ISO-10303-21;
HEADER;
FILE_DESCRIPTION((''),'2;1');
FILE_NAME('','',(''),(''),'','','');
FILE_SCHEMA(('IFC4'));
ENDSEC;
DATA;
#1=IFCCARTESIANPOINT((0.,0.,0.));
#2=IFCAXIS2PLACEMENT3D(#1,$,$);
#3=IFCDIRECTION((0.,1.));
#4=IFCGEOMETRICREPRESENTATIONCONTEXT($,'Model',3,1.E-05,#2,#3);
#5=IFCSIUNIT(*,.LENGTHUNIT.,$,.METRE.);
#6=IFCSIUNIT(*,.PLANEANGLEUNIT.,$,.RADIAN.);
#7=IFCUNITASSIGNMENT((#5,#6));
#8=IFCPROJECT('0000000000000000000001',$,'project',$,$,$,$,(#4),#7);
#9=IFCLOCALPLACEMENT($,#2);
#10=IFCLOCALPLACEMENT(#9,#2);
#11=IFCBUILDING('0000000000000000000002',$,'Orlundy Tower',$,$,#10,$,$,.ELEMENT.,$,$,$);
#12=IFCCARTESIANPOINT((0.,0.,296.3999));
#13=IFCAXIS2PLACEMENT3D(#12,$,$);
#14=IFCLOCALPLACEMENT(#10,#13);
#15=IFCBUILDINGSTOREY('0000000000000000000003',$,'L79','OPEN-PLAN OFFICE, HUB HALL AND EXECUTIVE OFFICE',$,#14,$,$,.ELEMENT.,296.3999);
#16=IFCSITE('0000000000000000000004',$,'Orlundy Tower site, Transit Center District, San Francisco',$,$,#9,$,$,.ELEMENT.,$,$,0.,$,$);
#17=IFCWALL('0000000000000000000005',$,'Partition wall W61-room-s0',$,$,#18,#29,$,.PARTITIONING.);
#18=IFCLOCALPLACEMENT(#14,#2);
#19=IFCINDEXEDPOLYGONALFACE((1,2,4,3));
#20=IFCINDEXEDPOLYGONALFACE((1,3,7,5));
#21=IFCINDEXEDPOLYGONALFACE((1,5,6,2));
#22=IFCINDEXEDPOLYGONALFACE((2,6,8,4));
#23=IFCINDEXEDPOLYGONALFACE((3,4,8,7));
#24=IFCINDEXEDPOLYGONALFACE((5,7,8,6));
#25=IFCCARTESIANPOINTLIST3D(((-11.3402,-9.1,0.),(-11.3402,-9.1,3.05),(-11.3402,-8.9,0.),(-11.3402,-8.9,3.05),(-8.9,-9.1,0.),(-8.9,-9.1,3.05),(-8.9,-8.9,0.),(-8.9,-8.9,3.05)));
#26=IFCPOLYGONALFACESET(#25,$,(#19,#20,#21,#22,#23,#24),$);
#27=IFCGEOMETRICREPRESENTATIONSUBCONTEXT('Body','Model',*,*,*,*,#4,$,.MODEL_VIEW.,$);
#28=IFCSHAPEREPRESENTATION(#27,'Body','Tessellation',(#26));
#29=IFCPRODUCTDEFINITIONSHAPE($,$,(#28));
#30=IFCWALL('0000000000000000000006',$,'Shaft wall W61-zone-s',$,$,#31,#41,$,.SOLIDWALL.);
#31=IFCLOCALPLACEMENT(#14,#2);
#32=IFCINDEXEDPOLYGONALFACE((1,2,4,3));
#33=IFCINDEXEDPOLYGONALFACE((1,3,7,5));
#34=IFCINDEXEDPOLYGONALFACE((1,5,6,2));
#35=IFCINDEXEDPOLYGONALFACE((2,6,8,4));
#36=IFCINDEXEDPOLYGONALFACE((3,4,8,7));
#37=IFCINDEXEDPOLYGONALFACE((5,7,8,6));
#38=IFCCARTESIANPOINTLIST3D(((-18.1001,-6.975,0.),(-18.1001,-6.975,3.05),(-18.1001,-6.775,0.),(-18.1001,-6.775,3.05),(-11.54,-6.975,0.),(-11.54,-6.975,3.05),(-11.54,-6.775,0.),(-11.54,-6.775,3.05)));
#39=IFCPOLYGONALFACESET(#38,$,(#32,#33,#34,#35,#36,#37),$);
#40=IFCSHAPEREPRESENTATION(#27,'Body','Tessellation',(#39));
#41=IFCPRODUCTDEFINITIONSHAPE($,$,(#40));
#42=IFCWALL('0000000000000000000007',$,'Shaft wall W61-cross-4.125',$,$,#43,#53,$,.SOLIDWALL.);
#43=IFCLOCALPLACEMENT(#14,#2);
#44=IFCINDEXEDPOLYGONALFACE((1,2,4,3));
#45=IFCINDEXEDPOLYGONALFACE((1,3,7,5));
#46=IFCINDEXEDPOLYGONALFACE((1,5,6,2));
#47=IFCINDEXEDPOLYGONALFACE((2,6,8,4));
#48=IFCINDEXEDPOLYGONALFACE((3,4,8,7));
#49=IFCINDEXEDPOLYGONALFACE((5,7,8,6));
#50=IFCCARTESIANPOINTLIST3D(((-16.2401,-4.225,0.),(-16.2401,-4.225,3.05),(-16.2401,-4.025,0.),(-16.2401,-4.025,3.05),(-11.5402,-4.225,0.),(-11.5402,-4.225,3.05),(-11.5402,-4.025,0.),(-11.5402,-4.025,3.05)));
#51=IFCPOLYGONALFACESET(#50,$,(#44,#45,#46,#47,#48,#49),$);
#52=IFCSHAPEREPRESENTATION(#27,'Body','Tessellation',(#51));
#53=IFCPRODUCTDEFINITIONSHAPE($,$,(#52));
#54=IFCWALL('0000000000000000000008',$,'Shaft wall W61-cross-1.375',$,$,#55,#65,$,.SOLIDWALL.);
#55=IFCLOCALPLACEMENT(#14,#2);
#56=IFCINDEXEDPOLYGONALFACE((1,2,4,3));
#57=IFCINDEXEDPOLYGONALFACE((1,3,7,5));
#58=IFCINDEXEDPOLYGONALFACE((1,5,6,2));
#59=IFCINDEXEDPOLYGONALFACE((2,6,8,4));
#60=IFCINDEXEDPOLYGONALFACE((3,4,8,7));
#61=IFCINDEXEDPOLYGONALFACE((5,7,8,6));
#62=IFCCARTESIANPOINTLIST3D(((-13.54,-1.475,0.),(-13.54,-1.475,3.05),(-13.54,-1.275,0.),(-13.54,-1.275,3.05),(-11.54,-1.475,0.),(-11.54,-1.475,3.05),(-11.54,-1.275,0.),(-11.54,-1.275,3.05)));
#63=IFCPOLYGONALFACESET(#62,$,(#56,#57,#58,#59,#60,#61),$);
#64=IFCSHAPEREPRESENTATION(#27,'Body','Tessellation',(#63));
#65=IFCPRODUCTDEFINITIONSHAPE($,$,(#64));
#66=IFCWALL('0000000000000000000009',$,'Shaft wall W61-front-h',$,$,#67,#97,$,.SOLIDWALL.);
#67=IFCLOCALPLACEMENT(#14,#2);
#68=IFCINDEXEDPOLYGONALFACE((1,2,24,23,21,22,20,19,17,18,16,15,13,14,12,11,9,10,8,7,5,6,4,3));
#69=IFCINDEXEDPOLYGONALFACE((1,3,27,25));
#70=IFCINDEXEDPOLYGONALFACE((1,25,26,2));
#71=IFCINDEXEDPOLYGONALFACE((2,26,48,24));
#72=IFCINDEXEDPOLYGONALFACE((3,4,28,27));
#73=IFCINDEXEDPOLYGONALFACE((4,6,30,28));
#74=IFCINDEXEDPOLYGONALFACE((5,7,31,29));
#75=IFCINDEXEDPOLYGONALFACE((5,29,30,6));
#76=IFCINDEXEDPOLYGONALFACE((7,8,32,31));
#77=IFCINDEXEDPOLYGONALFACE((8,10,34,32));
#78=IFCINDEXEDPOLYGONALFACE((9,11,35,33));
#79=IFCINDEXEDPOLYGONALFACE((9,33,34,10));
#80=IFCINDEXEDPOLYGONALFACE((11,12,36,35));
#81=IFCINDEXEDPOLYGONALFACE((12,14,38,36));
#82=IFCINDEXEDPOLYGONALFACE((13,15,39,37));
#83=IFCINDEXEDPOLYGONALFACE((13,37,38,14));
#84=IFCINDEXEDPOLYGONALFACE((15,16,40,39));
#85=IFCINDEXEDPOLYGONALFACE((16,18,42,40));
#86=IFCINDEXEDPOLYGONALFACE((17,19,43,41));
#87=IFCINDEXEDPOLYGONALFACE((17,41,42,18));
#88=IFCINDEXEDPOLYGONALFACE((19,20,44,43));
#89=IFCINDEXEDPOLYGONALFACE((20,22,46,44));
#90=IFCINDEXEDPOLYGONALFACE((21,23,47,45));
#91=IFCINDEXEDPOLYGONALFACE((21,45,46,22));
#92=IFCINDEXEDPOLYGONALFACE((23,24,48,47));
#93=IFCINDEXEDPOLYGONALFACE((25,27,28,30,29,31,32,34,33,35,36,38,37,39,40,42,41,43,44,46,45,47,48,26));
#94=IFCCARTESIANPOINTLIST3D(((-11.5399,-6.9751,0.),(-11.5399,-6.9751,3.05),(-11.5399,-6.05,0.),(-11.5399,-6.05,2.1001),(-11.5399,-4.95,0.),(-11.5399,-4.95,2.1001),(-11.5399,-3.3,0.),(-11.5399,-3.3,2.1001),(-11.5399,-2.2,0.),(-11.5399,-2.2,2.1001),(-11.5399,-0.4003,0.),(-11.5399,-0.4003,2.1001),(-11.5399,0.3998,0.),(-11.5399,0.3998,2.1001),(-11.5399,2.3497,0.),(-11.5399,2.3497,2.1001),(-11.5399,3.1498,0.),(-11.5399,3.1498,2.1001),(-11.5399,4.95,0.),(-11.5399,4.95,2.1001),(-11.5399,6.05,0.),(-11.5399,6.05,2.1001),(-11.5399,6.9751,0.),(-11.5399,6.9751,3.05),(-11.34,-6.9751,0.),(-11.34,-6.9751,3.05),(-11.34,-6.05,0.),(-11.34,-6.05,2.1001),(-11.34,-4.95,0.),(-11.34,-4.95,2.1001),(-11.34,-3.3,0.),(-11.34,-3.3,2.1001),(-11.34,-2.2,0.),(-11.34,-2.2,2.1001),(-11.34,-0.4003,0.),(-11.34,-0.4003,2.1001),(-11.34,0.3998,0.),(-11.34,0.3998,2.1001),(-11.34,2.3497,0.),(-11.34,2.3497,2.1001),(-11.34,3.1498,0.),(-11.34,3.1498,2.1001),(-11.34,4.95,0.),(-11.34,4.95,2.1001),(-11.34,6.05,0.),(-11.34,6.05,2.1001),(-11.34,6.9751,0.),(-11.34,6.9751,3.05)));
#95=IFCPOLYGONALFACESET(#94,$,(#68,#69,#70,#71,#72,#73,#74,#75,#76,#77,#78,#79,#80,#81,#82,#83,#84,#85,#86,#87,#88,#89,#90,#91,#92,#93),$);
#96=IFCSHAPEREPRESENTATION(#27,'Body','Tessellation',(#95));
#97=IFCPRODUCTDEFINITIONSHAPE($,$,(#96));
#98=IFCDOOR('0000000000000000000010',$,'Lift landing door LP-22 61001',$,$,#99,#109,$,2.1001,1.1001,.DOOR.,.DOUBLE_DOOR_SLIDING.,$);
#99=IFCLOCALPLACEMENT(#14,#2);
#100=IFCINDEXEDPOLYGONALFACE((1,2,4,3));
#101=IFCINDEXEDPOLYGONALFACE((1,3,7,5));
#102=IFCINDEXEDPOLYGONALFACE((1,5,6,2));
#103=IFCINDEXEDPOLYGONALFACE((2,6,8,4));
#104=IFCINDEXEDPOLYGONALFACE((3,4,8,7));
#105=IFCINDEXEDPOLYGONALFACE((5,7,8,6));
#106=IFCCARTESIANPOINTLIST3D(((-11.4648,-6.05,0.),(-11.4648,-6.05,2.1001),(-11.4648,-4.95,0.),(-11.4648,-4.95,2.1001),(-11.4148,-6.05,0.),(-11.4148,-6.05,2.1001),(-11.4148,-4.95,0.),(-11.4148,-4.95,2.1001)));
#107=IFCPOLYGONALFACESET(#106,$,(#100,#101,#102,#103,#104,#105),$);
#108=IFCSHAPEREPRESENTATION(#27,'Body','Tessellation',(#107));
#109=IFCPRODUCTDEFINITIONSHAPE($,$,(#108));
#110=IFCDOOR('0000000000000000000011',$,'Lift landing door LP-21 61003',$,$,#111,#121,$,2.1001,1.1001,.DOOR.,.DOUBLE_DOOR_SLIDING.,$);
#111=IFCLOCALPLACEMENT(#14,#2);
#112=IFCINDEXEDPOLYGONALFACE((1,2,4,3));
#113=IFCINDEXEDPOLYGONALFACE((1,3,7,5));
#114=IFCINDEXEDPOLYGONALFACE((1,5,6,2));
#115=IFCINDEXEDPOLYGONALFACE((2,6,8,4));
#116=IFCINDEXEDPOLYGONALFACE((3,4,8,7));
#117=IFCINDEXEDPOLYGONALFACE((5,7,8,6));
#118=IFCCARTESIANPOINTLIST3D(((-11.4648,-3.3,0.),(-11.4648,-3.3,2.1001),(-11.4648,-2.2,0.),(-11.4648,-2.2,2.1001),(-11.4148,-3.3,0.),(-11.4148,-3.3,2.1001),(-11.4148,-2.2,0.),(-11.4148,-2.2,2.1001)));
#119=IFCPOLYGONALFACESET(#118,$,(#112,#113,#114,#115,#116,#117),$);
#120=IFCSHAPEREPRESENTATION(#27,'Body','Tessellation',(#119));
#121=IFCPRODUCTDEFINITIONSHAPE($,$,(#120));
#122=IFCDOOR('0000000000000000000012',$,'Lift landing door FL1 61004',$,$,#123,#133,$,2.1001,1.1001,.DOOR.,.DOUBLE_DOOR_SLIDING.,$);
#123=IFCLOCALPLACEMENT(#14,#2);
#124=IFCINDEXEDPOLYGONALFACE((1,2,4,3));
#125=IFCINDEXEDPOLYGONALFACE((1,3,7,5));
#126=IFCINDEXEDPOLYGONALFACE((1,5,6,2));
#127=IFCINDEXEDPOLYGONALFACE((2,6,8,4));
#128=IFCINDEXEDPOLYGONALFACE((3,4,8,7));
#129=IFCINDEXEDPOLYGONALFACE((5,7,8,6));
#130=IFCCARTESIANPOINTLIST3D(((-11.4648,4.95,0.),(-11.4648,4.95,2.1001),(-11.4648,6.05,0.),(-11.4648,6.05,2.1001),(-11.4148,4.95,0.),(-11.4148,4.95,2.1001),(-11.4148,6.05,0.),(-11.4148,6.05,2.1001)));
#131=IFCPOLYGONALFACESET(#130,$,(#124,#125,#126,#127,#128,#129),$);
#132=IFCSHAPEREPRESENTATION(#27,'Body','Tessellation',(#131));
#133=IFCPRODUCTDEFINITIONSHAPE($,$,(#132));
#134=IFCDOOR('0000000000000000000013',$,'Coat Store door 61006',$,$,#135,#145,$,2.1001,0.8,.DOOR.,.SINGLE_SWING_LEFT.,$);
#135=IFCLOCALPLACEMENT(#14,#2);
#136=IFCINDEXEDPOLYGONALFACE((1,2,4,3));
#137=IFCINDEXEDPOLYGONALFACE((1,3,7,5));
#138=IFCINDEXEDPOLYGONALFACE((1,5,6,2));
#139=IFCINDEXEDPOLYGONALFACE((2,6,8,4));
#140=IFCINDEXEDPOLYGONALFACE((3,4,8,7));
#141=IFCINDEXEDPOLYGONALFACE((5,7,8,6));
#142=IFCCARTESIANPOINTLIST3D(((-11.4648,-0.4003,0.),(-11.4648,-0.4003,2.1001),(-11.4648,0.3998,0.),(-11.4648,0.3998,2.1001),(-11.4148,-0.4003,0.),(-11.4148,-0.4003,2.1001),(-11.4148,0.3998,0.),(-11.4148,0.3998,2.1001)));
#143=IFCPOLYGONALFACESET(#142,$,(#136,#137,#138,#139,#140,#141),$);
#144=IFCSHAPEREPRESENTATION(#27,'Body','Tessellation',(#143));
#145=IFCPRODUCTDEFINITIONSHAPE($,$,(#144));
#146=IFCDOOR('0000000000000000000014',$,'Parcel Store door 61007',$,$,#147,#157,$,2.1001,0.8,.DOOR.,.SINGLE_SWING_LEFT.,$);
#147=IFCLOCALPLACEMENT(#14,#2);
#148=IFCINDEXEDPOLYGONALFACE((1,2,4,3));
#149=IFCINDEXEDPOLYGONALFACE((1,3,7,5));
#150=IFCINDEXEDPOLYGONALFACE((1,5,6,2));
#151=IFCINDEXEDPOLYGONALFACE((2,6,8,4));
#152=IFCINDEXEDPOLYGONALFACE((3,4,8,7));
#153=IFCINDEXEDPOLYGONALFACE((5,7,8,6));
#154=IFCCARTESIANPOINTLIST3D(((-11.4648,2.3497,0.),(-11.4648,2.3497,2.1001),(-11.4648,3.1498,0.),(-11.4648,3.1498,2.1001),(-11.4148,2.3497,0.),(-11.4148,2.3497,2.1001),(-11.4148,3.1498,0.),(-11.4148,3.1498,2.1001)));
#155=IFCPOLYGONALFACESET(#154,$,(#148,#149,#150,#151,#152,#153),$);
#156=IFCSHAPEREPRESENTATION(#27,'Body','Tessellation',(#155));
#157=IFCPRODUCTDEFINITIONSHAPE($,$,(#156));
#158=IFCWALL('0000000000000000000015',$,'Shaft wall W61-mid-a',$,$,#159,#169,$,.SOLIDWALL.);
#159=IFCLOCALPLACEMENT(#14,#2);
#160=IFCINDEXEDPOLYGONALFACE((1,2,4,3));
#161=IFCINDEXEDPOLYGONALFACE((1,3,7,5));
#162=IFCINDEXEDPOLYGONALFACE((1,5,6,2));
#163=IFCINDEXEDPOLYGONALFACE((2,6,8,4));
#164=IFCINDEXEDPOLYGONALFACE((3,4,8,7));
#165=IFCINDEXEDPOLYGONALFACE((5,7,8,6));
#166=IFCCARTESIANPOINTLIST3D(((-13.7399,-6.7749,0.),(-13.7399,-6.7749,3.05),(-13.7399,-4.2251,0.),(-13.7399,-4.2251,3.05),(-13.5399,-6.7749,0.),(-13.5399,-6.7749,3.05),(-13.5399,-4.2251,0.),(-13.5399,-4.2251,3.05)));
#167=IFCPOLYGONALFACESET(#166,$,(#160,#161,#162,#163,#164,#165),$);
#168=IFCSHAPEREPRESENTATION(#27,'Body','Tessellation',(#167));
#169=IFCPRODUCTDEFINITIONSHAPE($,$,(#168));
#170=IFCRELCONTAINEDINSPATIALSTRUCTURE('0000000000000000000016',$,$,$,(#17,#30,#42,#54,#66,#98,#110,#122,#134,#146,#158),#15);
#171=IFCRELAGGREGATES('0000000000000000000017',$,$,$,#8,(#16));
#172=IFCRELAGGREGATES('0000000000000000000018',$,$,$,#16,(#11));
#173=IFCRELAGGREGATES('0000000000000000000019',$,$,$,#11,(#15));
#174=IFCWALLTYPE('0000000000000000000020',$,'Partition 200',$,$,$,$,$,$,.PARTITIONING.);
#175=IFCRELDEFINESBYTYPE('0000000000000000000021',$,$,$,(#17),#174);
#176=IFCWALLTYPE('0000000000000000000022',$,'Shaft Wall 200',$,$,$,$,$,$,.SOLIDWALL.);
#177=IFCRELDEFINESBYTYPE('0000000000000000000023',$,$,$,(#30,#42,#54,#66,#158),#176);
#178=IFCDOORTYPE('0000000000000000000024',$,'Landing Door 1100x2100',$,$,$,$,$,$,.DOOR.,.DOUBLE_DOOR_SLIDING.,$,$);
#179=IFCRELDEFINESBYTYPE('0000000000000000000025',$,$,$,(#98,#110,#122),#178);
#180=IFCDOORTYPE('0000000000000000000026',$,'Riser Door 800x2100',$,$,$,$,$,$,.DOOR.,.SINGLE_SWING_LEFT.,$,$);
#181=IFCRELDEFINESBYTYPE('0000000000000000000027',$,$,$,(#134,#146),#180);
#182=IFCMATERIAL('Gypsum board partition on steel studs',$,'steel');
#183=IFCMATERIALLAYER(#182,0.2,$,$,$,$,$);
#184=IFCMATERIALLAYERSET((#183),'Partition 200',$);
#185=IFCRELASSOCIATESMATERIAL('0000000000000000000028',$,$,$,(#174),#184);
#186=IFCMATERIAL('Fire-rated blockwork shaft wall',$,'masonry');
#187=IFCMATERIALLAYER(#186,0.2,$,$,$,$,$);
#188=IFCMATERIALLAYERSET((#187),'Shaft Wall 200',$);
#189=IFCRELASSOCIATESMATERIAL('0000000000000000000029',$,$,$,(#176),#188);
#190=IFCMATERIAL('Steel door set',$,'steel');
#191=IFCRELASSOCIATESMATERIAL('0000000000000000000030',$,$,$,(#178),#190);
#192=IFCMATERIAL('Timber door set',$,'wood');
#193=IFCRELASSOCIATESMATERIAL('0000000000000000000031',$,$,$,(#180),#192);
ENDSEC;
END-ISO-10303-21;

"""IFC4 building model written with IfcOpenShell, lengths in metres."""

from ifc_helpers import new_model, si_unit, direction, frame, frame_2d, origin, place, context, subcontext, project, spatial, rectangle, extrude, material, layer, layer_set, type_object, element, fill, save


model = new_model("IFC4")

# Units and contexts
model_context = context("Model", 3, precision=1e-05, world=origin(), true_north=direction((0.0, 1.0)))
body_context = subcontext(model_context, "Body", "Model", "MODEL_VIEW")
ifc_project = project(units=[si_unit("LENGTHUNIT", "METRE"), si_unit("PLANEANGLEUNIT", "RADIAN")], contexts=[model_context])

# Site, building, storey
site_placement = place(None, origin())
site = spatial("IfcSite", under=ifc_project, at=site_placement, Name="Orlundy Tower site, Transit Center District, San Francisco", CompositionType="ELEMENT", RefElevation=0.0)
building_placement = place(site_placement, origin())
building = spatial("IfcBuilding", under=site, at=building_placement, Name="Orlundy Tower", CompositionType="ELEMENT")
storey_placement = place(building_placement, frame((0.0, 0.0, 296.3999)))
storey = spatial("IfcBuildingStorey", under=building, at=storey_placement, Name="L79", Description="OPEN-PLAN OFFICE, HUB HALL AND EXECUTIVE OFFICE", CompositionType="ELEMENT", Elevation=296.3999)

# Shared definitions
ifc_material_1 = material(Name="Gypsum board partition on steel studs", Category="steel")
ifc_layer_1 = layer(ifc_material_1, 0.2)
ifc_layer_set_1 = layer_set([ifc_layer_1], Name="Partition 200")
wall_type_1 = type_object("IfcWallType", Name="Partition 200", PredefinedType="PARTITIONING", material=ifc_layer_set_1)

# Walls
wall_1_placement = place(storey_placement, frame((-8.8999, -9.0, 0.0), z_axis=(0.0, 0.0, 1.0), x_axis=(-1.0, 0.0, 0.0)))
element("IfcWall", 1, at=wall_1_placement, inside=storey, type_object=wall_type_1, Name="Partition wall W61-room-s0", PredefinedType="PARTITIONING", context=body_context, shape_type="SweptSolid", body=[
    extrude(rectangle(XDim=2.4402, YDim=0.2, at=frame_2d((1.2202, 0.0))), origin(), (0.0, 0.0, 1.0), 3.05),
])
ifc_material_2 = material(Name="Fire-rated blockwork shaft wall", Category="masonry")
ifc_layer_2 = layer(ifc_material_2, 0.2)
ifc_layer_set_2 = layer_set([ifc_layer_2], Name="Shaft Wall 200")
wall_type_2 = type_object("IfcWallType", Name="Shaft Wall 200", PredefinedType="SOLIDWALL", material=ifc_layer_set_2)
wall_2_placement = place(storey_placement, frame((-11.54, -6.875, 0.0), z_axis=(0.0, 0.0, 1.0), x_axis=(-1.0, 0.0, 0.0)))
element("IfcWall", 2, at=wall_2_placement, inside=storey, type_object=wall_type_2, Name="Shaft wall W61-zone-s", PredefinedType="SOLIDWALL", context=body_context, shape_type="SweptSolid", body=[
    extrude(rectangle(XDim=6.5601, YDim=0.2, at=frame_2d((3.28, 0.0))), origin(), (0.0, 0.0, 1.0), 3.05),
])
wall_3_placement = place(storey_placement, frame((-11.54, -4.125, 0.0), z_axis=(0.0, 0.0, 1.0), x_axis=(-1.0, 0.0, 0.0)))
element("IfcWall", 3, at=wall_3_placement, inside=storey, type_object=wall_type_2, Name="Shaft wall W61-cross-4.125", PredefinedType="SOLIDWALL", context=body_context, shape_type="SweptSolid", body=[
    extrude(rectangle(XDim=4.7, YDim=0.2, at=frame_2d((2.3501, 0.0))), origin(), (0.0, 0.0, 1.0), 3.05),
])
wall_4_placement = place(storey_placement, frame((-11.54, -1.375, 0.0), z_axis=(0.0, 0.0, 1.0), x_axis=(-1.0, 0.0, 0.0)))
element("IfcWall", 4, at=wall_4_placement, inside=storey, type_object=wall_type_2, Name="Shaft wall W61-cross-1.375", PredefinedType="SOLIDWALL", context=body_context, shape_type="SweptSolid", body=[
    extrude(rectangle(XDim=2.0, YDim=0.2, at=frame_2d((1.0, 0.0))), origin(), (0.0, 0.0, 1.0), 3.05),
])

# Wall, openings, doors
wall_5_placement = place(storey_placement, frame((-11.4399, -6.9751, 0.0), z_axis=(0.0, 0.0, 1.0), x_axis=(0.0, 1.0, 0.0)))
wall_5 = element("IfcWall", 5, at=wall_5_placement, inside=storey, type_object=wall_type_2, Name="Shaft wall W61-front-h", PredefinedType="SOLIDWALL", context=body_context, shape_type="SweptSolid", body=[
    extrude(rectangle(XDim=13.9502, YDim=0.2, at=frame_2d((6.9751, 0.0))), origin(), (0.0, 0.0, 1.0), 3.05),
])
opening_1_placement = place(wall_5_placement, frame((0.925, 0.0, 0.0)))
opening_1 = element("IfcOpeningElement", 6, at=opening_1_placement, cuts=wall_5, PredefinedType="OPENING", context=body_context, shape_type="SweptSolid", body=[
    extrude(rectangle(XDim=1.1001, YDim=2.1001, at=frame_2d((0.55, 1.05))), frame((0.0, 0.1101, 0.0), z_axis=(0.0, -1.0, 0.0), x_axis=(1.0, 0.0, 0.0)), (0.0, 0.0, 1.0), 0.2202),
])
opening_2_placement = place(wall_5_placement, frame((3.675, 0.0, 0.0)))
opening_2 = element("IfcOpeningElement", 7, at=opening_2_placement, cuts=wall_5, PredefinedType="OPENING", context=body_context, shape_type="SweptSolid", body=[
    extrude(rectangle(XDim=1.1001, YDim=2.1001, at=frame_2d((0.55, 1.05))), frame((0.0, 0.1101, 0.0), z_axis=(0.0, -1.0, 0.0), x_axis=(1.0, 0.0, 0.0)), (0.0, 0.0, 1.0), 0.2202),
])
opening_3_placement = place(wall_5_placement, frame((11.925, 0.0, 0.0)))
opening_3 = element("IfcOpeningElement", 8, at=opening_3_placement, cuts=wall_5, PredefinedType="OPENING", context=body_context, shape_type="SweptSolid", body=[
    extrude(rectangle(XDim=1.1001, YDim=2.1001, at=frame_2d((0.55, 1.05))), frame((0.0, 0.1101, 0.0), z_axis=(0.0, -1.0, 0.0), x_axis=(1.0, 0.0, 0.0)), (0.0, 0.0, 1.0), 0.2202),
])
opening_4_placement = place(wall_5_placement, frame((6.575, 0.0, 0.0)))
opening_4 = element("IfcOpeningElement", 9, at=opening_4_placement, cuts=wall_5, PredefinedType="OPENING", context=body_context, shape_type="SweptSolid", body=[
    extrude(rectangle(XDim=0.8, YDim=2.1001, at=frame_2d((0.3999, 1.05))), frame((0.0, 0.1101, 0.0), z_axis=(0.0, -1.0, 0.0), x_axis=(1.0, 0.0, 0.0)), (0.0, 0.0, 1.0), 0.2202),
])
opening_5_placement = place(wall_5_placement, frame((9.325, 0.0, 0.0)))
opening_5 = element("IfcOpeningElement", 10, at=opening_5_placement, cuts=wall_5, PredefinedType="OPENING", context=body_context, shape_type="SweptSolid", body=[
    extrude(rectangle(XDim=0.8, YDim=2.1001, at=frame_2d((0.3999, 1.05))), frame((0.0, 0.1101, 0.0), z_axis=(0.0, -1.0, 0.0), x_axis=(1.0, 0.0, 0.0)), (0.0, 0.0, 1.0), 0.2202),
])
ifc_material_3 = material(Name="Steel door set", Category="steel")
door_type_1 = type_object("IfcDoorType", Name="Landing Door 1100x2100", OperationType="DOUBLE_DOOR_SLIDING", PredefinedType="DOOR", material=ifc_material_3)
door_1_placement = place(opening_1_placement, origin())
door_1 = element("IfcDoor", 11, at=door_1_placement, inside=storey, type_object=door_type_1, Name="Lift landing door LP-22 61001", OperationType="DOUBLE_DOOR_SLIDING", OverallHeight=2.1001, OverallWidth=1.1001, PredefinedType="DOOR", context=body_context, shape_type="SweptSolid", body=[
    extrude(rectangle(XDim=1.1001, YDim=2.1001, at=frame_2d((0.55, 1.05))), frame((0.0, 0.0249, 0.0), z_axis=(0.0, -1.0, 0.0), x_axis=(1.0, 0.0, 0.0)), (0.0, 0.0, 1.0), 0.05),
])
fill(opening_1, door_1)
door_2_placement = place(opening_2_placement, origin())
door_2 = element("IfcDoor", 12, at=door_2_placement, inside=storey, type_object=door_type_1, Name="Lift landing door LP-21 61003", OperationType="DOUBLE_DOOR_SLIDING", OverallHeight=2.1001, OverallWidth=1.1001, PredefinedType="DOOR", context=body_context, shape_type="SweptSolid", body=[
    extrude(rectangle(XDim=1.1001, YDim=2.1001, at=frame_2d((0.55, 1.05))), frame((0.0, 0.0249, 0.0), z_axis=(0.0, -1.0, 0.0), x_axis=(1.0, 0.0, 0.0)), (0.0, 0.0, 1.0), 0.05),
])
fill(opening_2, door_2)
door_3_placement = place(opening_3_placement, origin())
door_3 = element("IfcDoor", 13, at=door_3_placement, inside=storey, type_object=door_type_1, Name="Lift landing door FL1 61004", OperationType="DOUBLE_DOOR_SLIDING", OverallHeight=2.1001, OverallWidth=1.1001, PredefinedType="DOOR", context=body_context, shape_type="SweptSolid", body=[
    extrude(rectangle(XDim=1.1001, YDim=2.1001, at=frame_2d((0.55, 1.05))), frame((0.0, 0.0249, 0.0), z_axis=(0.0, -1.0, 0.0), x_axis=(1.0, 0.0, 0.0)), (0.0, 0.0, 1.0), 0.05),
])
fill(opening_3, door_3)
ifc_material_4 = material(Name="Timber door set", Category="wood")
door_type_2 = type_object("IfcDoorType", Name="Riser Door 800x2100", OperationType="SINGLE_SWING_LEFT", PredefinedType="DOOR", material=ifc_material_4)
door_4_placement = place(opening_4_placement, origin())
door_4 = element("IfcDoor", 14, at=door_4_placement, inside=storey, type_object=door_type_2, Name="Coat Store door 61006", OperationType="SINGLE_SWING_LEFT", OverallHeight=2.1001, OverallWidth=0.8, PredefinedType="DOOR", context=body_context, shape_type="SweptSolid", body=[
    extrude(rectangle(XDim=0.8, YDim=2.1001, at=frame_2d((0.3999, 1.05))), frame((0.0, 0.0249, 0.0), z_axis=(0.0, -1.0, 0.0), x_axis=(1.0, 0.0, 0.0)), (0.0, 0.0, 1.0), 0.05),
])
fill(opening_4, door_4)
door_5_placement = place(opening_5_placement, origin())
door_5 = element("IfcDoor", 15, at=door_5_placement, inside=storey, type_object=door_type_2, Name="Parcel Store door 61007", OperationType="SINGLE_SWING_LEFT", OverallHeight=2.1001, OverallWidth=0.8, PredefinedType="DOOR", context=body_context, shape_type="SweptSolid", body=[
    extrude(rectangle(XDim=0.8, YDim=2.1001, at=frame_2d((0.3999, 1.05))), frame((0.0, 0.0249, 0.0), z_axis=(0.0, -1.0, 0.0), x_axis=(1.0, 0.0, 0.0)), (0.0, 0.0, 1.0), 0.05),
])
fill(opening_5, door_5)

# Wall
wall_6_placement = place(storey_placement, frame((-13.6399, -6.7749, 0.0), z_axis=(0.0, 0.0, 1.0), x_axis=(0.0, 1.0, 0.0)))
element("IfcWall", 16, at=wall_6_placement, inside=storey, type_object=wall_type_2, Name="Shaft wall W61-mid-a", PredefinedType="SOLIDWALL", context=body_context, shape_type="SweptSolid", body=[
    extrude(rectangle(XDim=2.5498, YDim=0.2, at=frame_2d((1.2749, 0.0))), origin(), (0.0, 0.0, 1.0), 3.05),
])

save(model, "model.ifc")
